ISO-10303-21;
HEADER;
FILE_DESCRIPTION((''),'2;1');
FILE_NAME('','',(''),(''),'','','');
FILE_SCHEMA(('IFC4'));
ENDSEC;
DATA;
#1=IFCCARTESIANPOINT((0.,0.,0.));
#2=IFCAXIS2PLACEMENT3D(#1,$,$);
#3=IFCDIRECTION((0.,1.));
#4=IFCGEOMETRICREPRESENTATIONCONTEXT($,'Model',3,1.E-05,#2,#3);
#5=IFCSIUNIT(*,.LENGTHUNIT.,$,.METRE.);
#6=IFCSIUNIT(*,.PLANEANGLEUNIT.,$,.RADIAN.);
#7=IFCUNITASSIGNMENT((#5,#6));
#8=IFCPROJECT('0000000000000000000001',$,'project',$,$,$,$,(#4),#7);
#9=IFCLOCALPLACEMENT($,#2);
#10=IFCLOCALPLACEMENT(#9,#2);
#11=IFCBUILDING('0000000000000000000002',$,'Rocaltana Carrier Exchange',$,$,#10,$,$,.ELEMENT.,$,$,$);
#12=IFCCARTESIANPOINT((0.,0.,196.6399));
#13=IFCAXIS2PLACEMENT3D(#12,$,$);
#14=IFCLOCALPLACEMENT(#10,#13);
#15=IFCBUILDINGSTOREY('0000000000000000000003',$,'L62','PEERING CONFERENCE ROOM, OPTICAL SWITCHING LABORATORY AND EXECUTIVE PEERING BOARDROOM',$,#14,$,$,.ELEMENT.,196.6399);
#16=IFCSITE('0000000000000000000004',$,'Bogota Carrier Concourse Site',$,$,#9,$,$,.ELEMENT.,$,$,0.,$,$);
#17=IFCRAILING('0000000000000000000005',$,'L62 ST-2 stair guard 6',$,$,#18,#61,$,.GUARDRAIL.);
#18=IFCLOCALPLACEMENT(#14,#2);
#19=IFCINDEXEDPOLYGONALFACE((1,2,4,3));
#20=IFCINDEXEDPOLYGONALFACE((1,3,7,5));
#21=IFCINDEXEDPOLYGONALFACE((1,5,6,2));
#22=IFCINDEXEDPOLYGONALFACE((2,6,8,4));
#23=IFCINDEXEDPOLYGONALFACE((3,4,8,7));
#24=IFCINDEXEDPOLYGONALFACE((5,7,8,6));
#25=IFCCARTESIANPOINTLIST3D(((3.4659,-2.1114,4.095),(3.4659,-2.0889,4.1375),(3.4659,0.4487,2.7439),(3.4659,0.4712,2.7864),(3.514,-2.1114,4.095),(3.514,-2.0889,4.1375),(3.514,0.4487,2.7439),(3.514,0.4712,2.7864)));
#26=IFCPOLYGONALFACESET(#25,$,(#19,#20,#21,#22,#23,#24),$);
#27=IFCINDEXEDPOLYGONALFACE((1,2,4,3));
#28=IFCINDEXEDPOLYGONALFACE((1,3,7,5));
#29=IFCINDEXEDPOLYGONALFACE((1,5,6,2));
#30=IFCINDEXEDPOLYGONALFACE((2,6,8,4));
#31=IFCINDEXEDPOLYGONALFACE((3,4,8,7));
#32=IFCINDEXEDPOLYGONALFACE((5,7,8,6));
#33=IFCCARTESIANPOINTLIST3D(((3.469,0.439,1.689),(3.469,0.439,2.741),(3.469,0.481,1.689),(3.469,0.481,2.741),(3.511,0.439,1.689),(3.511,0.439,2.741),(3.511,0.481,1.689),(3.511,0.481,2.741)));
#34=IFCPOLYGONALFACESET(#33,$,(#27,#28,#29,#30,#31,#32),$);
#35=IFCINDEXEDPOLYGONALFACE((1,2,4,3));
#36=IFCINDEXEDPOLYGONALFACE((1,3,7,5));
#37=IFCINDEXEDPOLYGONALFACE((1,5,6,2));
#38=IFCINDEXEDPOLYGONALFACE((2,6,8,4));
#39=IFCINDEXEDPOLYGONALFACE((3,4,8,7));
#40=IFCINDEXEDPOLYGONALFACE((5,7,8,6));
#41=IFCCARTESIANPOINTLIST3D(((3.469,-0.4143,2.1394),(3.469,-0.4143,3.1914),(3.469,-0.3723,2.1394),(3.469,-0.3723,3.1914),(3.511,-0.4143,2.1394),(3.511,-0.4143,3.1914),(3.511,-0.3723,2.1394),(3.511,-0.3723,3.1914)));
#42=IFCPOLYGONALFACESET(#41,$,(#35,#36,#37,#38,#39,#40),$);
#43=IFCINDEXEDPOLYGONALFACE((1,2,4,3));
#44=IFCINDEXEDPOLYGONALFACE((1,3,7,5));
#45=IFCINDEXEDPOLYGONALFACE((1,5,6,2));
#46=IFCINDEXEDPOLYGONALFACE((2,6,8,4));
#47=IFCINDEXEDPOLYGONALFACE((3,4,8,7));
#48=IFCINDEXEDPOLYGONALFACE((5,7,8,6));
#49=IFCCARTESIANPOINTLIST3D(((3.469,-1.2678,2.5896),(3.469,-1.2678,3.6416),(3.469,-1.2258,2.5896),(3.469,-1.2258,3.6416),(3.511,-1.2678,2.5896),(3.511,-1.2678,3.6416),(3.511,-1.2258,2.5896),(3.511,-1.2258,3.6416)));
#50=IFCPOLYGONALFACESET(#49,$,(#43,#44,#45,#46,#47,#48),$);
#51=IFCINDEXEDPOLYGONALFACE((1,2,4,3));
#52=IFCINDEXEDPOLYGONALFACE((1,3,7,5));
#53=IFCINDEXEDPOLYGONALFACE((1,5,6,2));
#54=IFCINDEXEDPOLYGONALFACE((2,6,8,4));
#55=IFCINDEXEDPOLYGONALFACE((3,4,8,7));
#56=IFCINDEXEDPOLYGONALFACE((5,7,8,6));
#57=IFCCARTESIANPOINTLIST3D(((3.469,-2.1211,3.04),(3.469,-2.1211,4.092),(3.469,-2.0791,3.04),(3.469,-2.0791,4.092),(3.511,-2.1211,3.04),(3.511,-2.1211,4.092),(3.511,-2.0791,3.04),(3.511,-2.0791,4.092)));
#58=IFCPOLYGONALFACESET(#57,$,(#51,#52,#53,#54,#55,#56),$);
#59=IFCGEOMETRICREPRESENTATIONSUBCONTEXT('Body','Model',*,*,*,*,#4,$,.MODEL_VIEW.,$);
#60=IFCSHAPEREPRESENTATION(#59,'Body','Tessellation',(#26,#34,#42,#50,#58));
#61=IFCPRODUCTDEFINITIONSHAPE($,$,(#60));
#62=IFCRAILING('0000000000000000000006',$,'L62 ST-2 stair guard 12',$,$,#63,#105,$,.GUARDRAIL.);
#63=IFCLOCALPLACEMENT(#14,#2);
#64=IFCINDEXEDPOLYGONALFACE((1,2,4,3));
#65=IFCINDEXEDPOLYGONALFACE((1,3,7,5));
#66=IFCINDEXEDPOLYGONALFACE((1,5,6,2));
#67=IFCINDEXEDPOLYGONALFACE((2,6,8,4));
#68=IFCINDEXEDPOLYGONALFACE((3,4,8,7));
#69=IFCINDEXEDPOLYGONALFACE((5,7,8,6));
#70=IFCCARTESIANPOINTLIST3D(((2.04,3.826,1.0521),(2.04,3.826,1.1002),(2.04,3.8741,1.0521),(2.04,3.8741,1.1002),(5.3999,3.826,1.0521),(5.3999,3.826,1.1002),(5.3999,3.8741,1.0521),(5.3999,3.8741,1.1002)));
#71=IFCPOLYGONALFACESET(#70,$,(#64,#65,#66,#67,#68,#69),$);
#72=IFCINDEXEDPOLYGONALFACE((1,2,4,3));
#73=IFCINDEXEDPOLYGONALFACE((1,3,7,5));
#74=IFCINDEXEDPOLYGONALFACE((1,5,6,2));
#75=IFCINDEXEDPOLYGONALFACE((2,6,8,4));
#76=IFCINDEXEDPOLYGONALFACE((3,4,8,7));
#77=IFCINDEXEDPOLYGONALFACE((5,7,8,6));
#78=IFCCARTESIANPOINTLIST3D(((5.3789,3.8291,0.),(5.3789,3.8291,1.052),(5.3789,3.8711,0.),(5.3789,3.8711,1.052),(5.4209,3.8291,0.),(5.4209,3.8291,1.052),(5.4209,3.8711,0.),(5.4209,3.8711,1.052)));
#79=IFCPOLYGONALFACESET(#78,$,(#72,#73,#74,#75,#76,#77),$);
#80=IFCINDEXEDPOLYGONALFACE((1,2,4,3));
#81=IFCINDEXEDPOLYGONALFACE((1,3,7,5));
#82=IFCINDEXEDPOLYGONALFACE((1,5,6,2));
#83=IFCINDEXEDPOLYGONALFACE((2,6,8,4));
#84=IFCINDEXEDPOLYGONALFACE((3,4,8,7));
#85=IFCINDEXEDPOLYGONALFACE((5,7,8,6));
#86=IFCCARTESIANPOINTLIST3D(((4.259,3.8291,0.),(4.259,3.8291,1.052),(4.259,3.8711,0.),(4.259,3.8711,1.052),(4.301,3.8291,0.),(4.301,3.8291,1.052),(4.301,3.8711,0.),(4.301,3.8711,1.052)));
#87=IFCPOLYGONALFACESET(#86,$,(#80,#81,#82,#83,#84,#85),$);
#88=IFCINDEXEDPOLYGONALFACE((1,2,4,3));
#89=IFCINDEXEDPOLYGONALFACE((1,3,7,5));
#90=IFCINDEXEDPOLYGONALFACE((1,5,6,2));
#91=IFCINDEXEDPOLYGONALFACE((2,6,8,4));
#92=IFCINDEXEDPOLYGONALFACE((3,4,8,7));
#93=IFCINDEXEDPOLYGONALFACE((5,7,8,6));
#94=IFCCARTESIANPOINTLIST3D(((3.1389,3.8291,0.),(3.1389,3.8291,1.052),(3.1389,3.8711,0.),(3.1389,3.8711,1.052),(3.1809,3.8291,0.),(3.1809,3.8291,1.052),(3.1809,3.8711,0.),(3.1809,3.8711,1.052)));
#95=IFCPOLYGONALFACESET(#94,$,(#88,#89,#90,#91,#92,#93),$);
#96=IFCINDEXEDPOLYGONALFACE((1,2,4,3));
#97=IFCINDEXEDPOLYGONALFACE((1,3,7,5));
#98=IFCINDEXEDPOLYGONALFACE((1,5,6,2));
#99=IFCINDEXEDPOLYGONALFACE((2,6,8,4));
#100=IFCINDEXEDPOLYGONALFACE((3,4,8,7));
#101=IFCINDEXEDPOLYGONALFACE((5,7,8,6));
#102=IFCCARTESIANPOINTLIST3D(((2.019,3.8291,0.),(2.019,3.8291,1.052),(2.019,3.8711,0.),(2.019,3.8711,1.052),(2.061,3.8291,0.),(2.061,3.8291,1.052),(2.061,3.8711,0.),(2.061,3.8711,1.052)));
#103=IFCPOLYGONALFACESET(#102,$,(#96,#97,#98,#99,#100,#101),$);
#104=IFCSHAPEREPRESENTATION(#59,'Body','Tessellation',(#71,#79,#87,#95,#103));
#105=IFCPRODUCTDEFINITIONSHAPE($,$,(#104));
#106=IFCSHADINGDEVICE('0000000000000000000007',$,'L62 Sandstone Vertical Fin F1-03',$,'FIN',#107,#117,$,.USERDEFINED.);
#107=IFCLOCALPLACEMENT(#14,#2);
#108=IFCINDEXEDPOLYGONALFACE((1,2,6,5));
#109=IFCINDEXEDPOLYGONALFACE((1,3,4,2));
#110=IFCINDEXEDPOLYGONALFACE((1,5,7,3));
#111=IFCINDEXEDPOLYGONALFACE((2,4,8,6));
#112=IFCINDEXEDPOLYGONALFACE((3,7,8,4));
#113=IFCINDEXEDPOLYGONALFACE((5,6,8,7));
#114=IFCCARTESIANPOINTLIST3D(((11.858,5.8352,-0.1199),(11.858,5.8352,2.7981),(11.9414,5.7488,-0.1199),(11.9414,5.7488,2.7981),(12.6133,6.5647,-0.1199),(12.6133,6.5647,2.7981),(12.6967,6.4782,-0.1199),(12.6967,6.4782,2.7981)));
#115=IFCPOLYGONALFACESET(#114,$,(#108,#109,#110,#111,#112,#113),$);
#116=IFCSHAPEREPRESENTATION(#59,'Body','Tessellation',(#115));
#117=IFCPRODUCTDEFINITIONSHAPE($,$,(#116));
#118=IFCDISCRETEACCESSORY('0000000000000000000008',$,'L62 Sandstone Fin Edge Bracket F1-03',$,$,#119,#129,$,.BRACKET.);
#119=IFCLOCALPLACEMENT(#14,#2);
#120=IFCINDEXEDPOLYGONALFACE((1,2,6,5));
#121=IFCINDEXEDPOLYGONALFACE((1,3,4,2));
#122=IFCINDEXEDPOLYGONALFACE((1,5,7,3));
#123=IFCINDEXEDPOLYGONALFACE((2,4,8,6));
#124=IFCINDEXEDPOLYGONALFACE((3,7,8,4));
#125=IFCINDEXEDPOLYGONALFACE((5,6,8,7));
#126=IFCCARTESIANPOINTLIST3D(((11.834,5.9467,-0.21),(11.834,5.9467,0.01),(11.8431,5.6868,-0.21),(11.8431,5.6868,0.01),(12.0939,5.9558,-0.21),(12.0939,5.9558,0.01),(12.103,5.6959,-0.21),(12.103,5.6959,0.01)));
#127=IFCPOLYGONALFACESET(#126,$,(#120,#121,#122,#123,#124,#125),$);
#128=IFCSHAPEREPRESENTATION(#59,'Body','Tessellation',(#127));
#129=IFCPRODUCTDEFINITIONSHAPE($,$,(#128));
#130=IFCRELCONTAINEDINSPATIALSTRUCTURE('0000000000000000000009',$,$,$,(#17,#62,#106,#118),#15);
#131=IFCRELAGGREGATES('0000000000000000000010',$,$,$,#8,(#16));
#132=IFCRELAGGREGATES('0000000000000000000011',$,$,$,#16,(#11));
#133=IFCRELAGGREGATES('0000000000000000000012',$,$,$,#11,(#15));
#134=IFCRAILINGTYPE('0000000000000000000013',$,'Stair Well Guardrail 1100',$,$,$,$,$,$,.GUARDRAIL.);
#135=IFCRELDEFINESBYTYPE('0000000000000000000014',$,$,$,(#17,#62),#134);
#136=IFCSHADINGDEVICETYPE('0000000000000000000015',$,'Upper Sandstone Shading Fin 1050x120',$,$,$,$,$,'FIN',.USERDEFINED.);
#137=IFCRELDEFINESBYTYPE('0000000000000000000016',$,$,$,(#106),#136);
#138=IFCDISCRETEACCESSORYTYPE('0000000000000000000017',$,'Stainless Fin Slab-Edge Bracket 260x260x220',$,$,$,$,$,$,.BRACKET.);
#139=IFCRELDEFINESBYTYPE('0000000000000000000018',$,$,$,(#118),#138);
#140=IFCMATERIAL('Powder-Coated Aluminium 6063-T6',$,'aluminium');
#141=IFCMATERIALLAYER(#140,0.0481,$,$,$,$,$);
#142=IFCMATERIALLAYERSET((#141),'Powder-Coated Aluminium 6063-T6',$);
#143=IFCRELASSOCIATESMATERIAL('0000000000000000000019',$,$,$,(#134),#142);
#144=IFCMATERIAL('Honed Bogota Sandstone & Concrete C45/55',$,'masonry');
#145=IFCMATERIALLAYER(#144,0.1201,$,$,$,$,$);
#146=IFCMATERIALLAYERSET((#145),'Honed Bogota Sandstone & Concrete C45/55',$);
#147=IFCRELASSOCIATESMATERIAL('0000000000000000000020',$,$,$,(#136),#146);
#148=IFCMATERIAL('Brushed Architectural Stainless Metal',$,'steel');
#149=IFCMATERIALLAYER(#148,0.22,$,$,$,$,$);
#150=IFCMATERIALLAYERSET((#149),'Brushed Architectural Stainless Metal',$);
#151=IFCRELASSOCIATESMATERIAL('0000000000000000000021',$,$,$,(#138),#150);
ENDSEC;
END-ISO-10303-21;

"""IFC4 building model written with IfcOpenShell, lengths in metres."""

from ifc_helpers import new_model, si_unit, direction, frame, origin, origin_2d, place, context, subcontext, project, spatial, rectangle, extrude, material, layer, layer_set, type_object, element, save


model = new_model("IFC4")

# Units and contexts
model_context = context("Model", 3, precision=1e-05, world=origin(), true_north=direction((0.0, 1.0)))
body_context = subcontext(model_context, "Body", "Model", "MODEL_VIEW")
ifc_project = project(units=[si_unit("LENGTHUNIT", "METRE"), si_unit("PLANEANGLEUNIT", "RADIAN")], contexts=[model_context])

# Site, building, storey
site_placement = place(None, origin())
site = spatial("IfcSite", under=ifc_project, at=site_placement, Name="Bogota Carrier Concourse Site", CompositionType="ELEMENT", RefElevation=0.0)
building_placement = place(site_placement, origin())
building = spatial("IfcBuilding", under=site, at=building_placement, Name="Rocaltana Carrier Exchange", CompositionType="ELEMENT")
storey_placement = place(building_placement, frame((0.0, 0.0, 196.6399)))
storey = spatial("IfcBuildingStorey", under=building, at=storey_placement, Name="L62", Description="PEERING CONFERENCE ROOM, OPTICAL SWITCHING LABORATORY AND EXECUTIVE PEERING BOARDROOM", CompositionType="ELEMENT", Elevation=196.6399)

# Railings
ifc_material_1 = material(Name="Powder-Coated Aluminium 6063-T6", Category="aluminium")
ifc_layer_1 = layer(ifc_material_1, 0.0481)
ifc_layer_set_1 = layer_set([ifc_layer_1], Name="Powder-Coated Aluminium 6063-T6")
railing_type_1 = type_object("IfcRailingType", Name="Stair Well Guardrail 1100", PredefinedType="GUARDRAIL", material=ifc_layer_set_1)
railing_1_placement = place(storey_placement, frame((3.49, 0.46, 1.689)))
element("IfcRailing", 1, at=railing_1_placement, inside=storey, type_object=railing_type_1, Name="L62 ST-2 stair guard 6", PredefinedType="GUARDRAIL", context=body_context, shape_type="SweptSolid", body=[
    extrude(rectangle(XDim=0.0481, YDim=0.0481, at=origin_2d()), frame((0.0, 0.0, 1.0762), z_axis=(0.0, -0.884394, 0.46674), x_axis=(1.0, 0.0, 0.0)), (0.0, 0.0, 1.0), 2.8948),
    extrude(rectangle(XDim=0.042, YDim=0.042, at=origin_2d()), origin(), (0.0, 0.0, 1.0), 1.052),
    extrude(rectangle(XDim=0.042, YDim=0.042, at=origin_2d()), frame((0.0, -0.8533, 0.4504)), (0.0, 0.0, 1.0), 1.052),
    extrude(rectangle(XDim=0.042, YDim=0.042, at=origin_2d()), frame((0.0, -1.7068, 0.9006)), (0.0, 0.0, 1.0), 1.052),
    extrude(rectangle(XDim=0.042, YDim=0.042, at=origin_2d()), frame((0.0, -2.5601, 1.3511)), (0.0, 0.0, 1.0), 1.052),
])
railing_2_placement = place(storey_placement, frame((5.3999, 3.8501, 0.0)))
element("IfcRailing", 2, at=railing_2_placement, inside=storey, type_object=railing_type_1, Name="L62 ST-2 stair guard 12", PredefinedType="GUARDRAIL", context=body_context, shape_type="SweptSolid", body=[
    extrude(rectangle(XDim=0.0481, YDim=0.0481, at=origin_2d()), frame((0.0, 0.0, 1.0762), z_axis=(-1.0, 0.0, 0.0), x_axis=(0.0, -1.0, 0.0)), (0.0, 0.0, 1.0), 3.3599),
    extrude(rectangle(XDim=0.042, YDim=0.042, at=origin_2d()), origin(), (0.0, 0.0, 1.0), 1.052),
    extrude(rectangle(XDim=0.042, YDim=0.042, at=origin_2d()), frame((-1.1199, 0.0, 0.0)), (0.0, 0.0, 1.0), 1.052),
    extrude(rectangle(XDim=0.042, YDim=0.042, at=origin_2d()), frame((-2.24, 0.0, 0.0)), (0.0, 0.0, 1.0), 1.052),
    extrude(rectangle(XDim=0.042, YDim=0.042, at=origin_2d()), frame((-3.3599, 0.0, 0.0)), (0.0, 0.0, 1.0), 1.052),
])

# Shading device
ifc_material_2 = material(Name="Honed Bogota Sandstone & Concrete C45/55", Category="masonry")
ifc_layer_2 = layer(ifc_material_2, 0.1201)
ifc_layer_set_2 = layer_set([ifc_layer_2], Name="Honed Bogota Sandstone & Concrete C45/55")
shading_device_type = type_object("IfcShadingDeviceType", Name="Upper Sandstone Shading Fin 1050x120", ElementType="FIN", PredefinedType="USERDEFINED", material=ifc_layer_set_2)
shading_device_placement = place(storey_placement, frame((12.2773, 6.1567, -0.1199), z_axis=(0.0, 0.0, 1.0), x_axis=(0.71934, 0.694658, 0.0)))
element("IfcShadingDevice", 3, at=shading_device_placement, inside=storey, type_object=shading_device_type, Name="L62 Sandstone Vertical Fin F1-03", ObjectType="FIN", PredefinedType="USERDEFINED", context=body_context, shape_type="SweptSolid", body=[
    extrude(rectangle(XDim=1.05, YDim=0.1201, at=origin_2d()), origin(), (0.0, 0.0, 1.0), 2.918),
])

# Discrete accessory
ifc_material_3 = material(Name="Brushed Architectural Stainless Metal", Category="steel")
ifc_layer_3 = layer(ifc_material_3, 0.22)
ifc_layer_set_3 = layer_set([ifc_layer_3], Name="Brushed Architectural Stainless Metal")
discrete_accessory_type = type_object("IfcDiscreteAccessoryType", Name="Stainless Fin Slab-Edge Bracket 260x260x220", PredefinedType="BRACKET", material=ifc_layer_set_3)
discrete_accessory_placement = place(storey_placement, frame((11.9685, 5.8213, -0.21), z_axis=(0.0, 0.0, 1.0), x_axis=(-0.034899, 0.999391, 0.0)))
element("IfcDiscreteAccessory", 4, at=discrete_accessory_placement, inside=storey, type_object=discrete_accessory_type, Name="L62 Sandstone Fin Edge Bracket F1-03", PredefinedType="BRACKET", context=body_context, shape_type="SweptSolid", body=[
    extrude(rectangle(XDim=0.26, YDim=0.26, at=origin_2d()), origin(), (0.0, 0.0, 1.0), 0.22),
])

save(model, "model.ifc")
